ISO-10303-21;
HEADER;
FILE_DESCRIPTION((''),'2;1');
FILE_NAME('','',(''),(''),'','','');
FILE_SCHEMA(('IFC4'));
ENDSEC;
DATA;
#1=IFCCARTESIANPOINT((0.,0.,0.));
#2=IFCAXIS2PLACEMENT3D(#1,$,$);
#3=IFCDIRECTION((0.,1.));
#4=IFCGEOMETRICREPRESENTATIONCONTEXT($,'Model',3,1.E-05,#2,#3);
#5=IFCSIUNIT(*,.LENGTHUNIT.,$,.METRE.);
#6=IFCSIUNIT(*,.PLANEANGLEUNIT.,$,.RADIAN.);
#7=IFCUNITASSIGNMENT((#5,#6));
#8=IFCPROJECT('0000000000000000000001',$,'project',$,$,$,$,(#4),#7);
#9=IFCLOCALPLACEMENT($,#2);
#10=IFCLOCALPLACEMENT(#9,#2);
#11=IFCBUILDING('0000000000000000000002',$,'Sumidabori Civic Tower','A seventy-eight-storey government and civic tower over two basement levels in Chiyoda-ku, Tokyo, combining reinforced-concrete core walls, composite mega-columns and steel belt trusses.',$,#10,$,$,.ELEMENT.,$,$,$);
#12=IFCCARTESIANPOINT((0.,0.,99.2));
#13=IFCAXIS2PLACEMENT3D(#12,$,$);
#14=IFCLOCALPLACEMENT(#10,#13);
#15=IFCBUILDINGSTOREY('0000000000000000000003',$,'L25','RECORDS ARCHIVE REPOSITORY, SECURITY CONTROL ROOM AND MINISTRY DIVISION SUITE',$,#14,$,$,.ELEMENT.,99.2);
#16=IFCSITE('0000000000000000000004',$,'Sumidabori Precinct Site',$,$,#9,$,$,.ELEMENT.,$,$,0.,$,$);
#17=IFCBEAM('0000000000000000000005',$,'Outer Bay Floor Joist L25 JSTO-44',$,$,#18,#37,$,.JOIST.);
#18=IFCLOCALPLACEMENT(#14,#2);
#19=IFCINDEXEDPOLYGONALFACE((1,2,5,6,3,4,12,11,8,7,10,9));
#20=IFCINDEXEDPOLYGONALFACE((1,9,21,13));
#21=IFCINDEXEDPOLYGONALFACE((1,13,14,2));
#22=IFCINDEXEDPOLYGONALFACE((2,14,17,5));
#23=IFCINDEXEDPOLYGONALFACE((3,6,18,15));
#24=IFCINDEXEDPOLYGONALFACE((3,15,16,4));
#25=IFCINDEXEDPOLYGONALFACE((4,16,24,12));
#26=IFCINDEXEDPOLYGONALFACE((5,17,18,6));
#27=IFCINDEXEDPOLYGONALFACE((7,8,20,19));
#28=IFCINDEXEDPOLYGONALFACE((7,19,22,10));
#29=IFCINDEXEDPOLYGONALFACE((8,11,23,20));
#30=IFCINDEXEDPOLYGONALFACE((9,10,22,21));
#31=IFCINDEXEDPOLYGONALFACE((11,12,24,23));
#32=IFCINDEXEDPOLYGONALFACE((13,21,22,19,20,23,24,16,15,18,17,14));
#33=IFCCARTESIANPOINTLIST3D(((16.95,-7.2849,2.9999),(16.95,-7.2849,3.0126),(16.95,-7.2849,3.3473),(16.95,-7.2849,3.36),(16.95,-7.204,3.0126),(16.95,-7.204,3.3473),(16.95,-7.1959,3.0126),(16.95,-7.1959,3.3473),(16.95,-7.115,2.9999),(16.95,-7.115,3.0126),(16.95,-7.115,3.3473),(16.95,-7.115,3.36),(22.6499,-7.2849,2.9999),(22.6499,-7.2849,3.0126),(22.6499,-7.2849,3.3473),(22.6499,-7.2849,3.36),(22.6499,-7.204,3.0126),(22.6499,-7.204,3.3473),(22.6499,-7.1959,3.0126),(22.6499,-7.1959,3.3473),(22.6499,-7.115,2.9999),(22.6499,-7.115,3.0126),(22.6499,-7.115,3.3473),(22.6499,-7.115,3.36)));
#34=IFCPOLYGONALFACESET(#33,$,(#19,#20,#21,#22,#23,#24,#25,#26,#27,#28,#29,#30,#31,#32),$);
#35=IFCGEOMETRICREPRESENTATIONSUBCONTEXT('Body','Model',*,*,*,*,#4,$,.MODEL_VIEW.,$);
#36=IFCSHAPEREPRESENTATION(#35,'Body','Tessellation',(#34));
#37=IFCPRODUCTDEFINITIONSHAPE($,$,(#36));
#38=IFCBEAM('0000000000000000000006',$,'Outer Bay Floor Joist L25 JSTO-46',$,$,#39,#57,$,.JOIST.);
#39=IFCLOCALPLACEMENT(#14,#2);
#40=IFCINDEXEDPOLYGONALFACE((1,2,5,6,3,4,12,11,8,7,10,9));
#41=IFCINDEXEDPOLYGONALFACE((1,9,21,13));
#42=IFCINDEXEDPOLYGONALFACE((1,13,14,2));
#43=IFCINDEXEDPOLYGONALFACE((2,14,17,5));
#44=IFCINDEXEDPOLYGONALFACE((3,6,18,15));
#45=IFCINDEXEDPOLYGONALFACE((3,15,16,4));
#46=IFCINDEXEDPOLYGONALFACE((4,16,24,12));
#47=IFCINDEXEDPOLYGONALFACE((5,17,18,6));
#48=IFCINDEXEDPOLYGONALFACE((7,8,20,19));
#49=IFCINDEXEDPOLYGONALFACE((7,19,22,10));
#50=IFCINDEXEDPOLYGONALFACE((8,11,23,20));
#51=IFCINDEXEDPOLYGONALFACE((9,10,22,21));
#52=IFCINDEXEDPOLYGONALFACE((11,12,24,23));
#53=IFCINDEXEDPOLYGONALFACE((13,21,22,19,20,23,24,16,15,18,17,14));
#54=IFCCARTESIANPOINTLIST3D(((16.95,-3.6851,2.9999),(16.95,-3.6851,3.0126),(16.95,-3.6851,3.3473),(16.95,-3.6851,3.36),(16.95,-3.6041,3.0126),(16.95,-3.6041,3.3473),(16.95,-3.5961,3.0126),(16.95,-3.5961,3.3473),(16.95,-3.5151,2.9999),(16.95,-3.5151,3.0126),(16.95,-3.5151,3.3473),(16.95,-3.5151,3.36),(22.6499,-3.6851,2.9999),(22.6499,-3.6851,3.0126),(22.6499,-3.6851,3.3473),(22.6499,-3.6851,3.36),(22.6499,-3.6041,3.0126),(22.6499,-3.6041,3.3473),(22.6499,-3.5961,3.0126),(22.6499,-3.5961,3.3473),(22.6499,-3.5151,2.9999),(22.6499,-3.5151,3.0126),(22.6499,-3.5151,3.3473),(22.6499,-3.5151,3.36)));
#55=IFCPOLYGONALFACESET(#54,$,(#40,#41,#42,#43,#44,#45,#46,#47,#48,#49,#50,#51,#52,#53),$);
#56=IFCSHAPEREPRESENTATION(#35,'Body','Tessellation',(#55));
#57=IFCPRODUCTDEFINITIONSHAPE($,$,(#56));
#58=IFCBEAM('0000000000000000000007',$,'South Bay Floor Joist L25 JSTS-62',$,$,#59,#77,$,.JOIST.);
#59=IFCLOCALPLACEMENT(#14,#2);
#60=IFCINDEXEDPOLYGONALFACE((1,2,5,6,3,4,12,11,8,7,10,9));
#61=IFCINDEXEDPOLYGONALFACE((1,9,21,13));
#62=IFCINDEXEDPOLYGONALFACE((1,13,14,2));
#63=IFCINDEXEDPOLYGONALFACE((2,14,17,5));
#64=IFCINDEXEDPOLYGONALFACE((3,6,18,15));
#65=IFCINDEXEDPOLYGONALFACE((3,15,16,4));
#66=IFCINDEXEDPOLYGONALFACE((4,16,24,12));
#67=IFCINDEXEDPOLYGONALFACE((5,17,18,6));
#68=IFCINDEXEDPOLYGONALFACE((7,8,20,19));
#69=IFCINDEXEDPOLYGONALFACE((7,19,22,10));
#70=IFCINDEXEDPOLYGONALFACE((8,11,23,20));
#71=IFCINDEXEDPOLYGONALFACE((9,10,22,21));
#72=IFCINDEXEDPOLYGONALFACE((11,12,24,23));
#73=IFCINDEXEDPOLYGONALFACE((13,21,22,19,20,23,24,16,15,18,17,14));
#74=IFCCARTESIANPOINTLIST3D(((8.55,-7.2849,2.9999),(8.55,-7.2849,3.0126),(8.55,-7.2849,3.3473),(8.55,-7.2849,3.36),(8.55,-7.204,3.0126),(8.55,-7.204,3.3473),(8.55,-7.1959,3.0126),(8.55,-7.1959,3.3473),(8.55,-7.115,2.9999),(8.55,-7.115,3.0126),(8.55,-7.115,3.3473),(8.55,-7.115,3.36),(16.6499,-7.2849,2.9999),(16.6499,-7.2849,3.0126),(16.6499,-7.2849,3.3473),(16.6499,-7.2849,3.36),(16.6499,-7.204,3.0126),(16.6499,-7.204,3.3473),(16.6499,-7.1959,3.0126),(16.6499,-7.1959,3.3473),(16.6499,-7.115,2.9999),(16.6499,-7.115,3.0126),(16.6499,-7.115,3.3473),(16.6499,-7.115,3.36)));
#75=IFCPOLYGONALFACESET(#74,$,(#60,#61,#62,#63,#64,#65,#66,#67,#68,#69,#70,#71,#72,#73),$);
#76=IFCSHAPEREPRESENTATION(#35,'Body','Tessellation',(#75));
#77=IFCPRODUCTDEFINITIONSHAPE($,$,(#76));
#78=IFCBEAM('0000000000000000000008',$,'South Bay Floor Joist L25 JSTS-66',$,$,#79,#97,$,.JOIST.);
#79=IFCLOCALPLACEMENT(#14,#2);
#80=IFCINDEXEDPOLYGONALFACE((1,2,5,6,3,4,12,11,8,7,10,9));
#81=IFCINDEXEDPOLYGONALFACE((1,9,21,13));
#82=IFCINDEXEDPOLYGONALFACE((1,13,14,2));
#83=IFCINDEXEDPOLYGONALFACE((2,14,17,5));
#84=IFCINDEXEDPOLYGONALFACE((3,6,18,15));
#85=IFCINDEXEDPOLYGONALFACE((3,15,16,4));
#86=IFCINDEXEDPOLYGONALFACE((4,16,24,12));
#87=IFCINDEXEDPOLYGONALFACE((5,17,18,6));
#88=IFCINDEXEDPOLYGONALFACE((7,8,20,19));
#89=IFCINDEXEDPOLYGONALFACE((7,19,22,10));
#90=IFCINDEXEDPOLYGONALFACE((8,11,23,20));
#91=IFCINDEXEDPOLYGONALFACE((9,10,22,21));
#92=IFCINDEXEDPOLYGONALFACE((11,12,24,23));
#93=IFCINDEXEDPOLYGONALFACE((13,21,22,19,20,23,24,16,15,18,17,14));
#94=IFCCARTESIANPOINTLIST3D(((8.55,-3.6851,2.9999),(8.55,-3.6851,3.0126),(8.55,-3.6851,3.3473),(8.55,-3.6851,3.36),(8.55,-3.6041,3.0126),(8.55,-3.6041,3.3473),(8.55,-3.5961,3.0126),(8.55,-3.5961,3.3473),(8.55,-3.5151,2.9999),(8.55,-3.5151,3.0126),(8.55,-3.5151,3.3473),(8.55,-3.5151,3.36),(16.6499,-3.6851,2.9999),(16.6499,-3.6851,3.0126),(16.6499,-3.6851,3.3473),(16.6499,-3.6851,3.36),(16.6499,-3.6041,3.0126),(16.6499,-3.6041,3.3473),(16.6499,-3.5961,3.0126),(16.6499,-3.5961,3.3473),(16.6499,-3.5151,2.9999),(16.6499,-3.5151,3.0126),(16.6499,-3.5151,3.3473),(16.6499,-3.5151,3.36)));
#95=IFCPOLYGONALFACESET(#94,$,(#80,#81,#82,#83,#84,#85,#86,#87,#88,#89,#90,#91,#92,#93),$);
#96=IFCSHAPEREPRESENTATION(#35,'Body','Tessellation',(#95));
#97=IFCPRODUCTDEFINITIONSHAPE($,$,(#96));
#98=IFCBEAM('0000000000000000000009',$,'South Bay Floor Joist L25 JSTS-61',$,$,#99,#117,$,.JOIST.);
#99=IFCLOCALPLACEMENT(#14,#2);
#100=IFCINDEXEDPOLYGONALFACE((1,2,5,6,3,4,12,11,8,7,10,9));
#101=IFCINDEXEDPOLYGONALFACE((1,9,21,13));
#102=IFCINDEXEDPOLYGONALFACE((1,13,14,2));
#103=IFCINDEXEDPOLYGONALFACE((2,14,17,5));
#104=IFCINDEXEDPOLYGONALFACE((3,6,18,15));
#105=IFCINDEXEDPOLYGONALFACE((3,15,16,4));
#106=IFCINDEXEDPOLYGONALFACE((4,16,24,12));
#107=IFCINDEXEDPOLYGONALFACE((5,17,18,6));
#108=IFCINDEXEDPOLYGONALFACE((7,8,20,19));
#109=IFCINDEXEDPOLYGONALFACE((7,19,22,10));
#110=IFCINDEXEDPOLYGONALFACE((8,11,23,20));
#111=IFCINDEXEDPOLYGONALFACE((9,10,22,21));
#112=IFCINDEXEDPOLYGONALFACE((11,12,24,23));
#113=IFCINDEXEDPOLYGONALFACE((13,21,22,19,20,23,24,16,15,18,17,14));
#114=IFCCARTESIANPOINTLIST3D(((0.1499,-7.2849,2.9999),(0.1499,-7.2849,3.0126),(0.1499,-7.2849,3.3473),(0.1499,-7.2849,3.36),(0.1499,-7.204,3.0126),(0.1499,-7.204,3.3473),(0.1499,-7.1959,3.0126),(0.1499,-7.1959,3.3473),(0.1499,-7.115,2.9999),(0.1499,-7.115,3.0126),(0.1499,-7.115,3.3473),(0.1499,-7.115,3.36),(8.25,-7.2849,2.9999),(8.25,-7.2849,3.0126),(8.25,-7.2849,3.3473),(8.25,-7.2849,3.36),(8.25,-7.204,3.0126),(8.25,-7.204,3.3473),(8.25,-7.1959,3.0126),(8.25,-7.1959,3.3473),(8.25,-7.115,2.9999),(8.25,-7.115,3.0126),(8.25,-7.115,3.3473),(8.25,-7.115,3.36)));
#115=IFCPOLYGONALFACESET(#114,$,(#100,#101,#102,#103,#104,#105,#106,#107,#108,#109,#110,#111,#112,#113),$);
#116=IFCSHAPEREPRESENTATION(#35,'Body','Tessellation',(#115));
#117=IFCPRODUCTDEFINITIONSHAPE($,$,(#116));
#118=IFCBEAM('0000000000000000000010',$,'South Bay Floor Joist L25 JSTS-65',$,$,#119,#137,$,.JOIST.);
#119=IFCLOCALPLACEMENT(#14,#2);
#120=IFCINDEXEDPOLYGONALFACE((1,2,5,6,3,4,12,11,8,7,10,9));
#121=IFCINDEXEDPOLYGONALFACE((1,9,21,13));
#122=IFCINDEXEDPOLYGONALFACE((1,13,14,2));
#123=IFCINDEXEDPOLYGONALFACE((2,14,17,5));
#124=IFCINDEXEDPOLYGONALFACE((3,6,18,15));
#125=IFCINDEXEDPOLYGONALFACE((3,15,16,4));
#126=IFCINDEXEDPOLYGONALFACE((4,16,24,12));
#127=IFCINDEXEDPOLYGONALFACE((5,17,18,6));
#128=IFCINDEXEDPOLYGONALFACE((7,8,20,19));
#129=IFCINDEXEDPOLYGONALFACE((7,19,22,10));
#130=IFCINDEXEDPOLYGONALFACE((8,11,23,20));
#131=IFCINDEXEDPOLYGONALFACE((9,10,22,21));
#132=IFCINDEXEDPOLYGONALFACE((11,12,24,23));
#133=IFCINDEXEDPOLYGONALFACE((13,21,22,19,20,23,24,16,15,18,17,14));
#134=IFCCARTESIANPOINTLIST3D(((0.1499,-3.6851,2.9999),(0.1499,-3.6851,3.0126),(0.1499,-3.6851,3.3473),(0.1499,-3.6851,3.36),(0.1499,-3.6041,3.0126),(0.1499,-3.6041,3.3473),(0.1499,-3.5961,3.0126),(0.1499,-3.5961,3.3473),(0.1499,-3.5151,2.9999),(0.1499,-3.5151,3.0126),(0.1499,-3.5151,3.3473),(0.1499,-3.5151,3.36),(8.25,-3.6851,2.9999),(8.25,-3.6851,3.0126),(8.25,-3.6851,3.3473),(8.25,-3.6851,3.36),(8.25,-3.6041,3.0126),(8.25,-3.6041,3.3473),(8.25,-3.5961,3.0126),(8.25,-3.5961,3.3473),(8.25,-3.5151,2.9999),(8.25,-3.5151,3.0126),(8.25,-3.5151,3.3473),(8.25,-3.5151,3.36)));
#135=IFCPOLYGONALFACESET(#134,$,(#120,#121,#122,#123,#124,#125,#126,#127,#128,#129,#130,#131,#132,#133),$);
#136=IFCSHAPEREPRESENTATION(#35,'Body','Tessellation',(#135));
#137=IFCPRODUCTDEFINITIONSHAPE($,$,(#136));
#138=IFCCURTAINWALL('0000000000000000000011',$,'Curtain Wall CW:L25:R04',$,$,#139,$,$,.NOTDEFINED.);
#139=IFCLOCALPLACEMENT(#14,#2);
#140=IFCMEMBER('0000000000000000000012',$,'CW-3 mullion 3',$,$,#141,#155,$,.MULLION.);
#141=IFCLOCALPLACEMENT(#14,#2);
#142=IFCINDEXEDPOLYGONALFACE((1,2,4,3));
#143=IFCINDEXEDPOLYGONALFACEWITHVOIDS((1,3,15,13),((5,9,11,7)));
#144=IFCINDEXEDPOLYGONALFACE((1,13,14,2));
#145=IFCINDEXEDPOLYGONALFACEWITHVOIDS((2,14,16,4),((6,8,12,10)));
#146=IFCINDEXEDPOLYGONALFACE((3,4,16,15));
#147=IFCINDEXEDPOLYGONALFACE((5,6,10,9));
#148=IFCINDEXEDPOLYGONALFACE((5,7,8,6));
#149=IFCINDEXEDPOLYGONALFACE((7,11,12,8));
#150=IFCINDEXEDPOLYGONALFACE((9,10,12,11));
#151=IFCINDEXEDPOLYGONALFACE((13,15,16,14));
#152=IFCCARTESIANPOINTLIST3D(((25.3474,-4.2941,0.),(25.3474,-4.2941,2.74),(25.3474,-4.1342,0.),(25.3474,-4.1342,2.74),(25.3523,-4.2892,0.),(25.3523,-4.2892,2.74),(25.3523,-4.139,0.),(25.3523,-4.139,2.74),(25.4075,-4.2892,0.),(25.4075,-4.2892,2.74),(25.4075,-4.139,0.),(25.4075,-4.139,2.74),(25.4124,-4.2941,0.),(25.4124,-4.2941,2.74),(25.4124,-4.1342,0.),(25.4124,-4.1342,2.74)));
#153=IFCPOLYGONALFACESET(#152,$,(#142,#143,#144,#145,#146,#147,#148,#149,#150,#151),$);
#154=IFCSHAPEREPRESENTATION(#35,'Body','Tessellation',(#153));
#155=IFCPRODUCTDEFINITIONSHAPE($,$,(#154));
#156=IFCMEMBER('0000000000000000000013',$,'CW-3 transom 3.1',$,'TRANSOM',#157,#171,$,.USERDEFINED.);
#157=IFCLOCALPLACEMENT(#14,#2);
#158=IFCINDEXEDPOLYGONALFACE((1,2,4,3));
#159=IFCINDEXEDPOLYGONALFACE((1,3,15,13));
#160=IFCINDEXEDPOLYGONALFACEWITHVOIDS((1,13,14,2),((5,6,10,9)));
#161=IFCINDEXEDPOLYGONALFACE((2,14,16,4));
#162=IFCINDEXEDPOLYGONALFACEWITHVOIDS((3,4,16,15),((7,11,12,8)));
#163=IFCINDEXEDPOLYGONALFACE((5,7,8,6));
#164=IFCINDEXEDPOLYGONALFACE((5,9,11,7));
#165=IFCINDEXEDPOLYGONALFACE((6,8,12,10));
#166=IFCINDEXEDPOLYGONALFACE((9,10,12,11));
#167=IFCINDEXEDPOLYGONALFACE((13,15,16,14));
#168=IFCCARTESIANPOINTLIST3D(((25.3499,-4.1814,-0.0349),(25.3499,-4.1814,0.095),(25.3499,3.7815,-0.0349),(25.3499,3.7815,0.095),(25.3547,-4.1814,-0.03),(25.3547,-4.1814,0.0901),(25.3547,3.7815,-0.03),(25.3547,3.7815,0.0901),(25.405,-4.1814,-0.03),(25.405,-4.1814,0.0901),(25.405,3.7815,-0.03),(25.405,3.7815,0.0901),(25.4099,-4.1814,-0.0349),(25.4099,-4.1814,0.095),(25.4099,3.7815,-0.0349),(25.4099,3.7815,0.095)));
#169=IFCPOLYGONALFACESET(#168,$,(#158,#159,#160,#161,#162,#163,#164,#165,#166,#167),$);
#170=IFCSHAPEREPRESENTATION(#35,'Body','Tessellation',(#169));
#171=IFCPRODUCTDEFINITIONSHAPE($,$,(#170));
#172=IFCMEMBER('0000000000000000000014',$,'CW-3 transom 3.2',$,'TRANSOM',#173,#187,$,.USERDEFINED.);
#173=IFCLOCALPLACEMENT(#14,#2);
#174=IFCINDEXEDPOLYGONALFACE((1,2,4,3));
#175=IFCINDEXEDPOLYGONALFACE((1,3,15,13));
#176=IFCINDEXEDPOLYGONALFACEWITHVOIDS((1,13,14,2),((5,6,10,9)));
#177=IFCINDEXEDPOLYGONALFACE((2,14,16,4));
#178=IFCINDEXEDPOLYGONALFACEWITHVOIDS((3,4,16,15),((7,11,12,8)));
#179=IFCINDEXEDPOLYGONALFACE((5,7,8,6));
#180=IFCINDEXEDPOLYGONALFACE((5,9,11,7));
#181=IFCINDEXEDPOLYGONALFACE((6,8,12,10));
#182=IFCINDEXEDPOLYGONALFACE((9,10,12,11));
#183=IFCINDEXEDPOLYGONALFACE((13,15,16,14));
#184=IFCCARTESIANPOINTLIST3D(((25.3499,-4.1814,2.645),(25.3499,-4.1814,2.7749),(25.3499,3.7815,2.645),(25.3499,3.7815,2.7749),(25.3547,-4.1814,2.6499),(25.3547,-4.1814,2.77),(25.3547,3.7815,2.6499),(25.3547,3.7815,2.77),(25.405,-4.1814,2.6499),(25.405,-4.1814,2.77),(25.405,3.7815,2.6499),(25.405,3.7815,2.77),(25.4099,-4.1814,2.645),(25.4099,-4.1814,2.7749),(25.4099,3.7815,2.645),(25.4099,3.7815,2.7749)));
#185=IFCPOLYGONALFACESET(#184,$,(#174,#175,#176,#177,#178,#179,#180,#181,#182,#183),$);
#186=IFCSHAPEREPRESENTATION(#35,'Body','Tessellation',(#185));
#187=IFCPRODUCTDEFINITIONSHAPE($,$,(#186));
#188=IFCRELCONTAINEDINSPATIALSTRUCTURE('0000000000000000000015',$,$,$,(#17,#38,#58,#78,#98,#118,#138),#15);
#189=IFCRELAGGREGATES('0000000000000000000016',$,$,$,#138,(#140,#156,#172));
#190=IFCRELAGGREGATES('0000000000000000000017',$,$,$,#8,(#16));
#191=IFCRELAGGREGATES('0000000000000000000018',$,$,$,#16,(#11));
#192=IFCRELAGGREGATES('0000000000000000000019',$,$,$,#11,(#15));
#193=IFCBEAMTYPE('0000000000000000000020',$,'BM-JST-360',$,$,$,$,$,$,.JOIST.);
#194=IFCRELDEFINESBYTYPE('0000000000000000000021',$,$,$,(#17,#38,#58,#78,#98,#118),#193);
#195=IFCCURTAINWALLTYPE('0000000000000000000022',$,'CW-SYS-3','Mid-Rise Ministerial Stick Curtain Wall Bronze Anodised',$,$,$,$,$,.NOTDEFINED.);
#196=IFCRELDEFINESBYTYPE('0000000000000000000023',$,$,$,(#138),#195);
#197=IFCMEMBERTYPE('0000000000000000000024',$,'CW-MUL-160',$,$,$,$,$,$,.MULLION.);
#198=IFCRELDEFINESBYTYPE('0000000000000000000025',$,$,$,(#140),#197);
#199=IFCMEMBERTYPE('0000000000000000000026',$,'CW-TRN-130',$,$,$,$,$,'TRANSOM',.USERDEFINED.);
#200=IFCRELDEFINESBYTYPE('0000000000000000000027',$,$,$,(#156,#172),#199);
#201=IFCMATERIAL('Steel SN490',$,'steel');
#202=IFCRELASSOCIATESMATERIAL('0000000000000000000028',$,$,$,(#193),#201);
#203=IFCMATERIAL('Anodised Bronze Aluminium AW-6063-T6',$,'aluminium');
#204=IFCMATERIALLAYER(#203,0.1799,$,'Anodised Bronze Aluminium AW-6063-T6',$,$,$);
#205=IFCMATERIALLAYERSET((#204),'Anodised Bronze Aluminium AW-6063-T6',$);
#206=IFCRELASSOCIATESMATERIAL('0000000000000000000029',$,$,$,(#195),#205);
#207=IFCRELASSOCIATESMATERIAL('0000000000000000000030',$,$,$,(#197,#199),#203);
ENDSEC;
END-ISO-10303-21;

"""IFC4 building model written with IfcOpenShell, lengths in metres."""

from ifc_helpers import new_model, si_unit, direction, frame, origin, origin_2d, place, context, subcontext, project, spatial, hollow_rectangle, i_section, extrude, source, transform, mapped, material, layer, layer_set, material_profile, profile_set, type_object, element, aggregate, save


model = new_model("IFC4")

# Units and contexts
model_context = context("Model", 3, precision=1e-05, world=origin(), true_north=direction((0.0, 1.0)))
body_context = subcontext(model_context, "Body", "Model", "MODEL_VIEW")
ifc_project = project(units=[si_unit("LENGTHUNIT", "METRE"), si_unit("PLANEANGLEUNIT", "RADIAN")], contexts=[model_context])

# Site, building, storey
site_placement = place(None, origin())
site = spatial("IfcSite", under=ifc_project, at=site_placement, Name="Sumidabori Precinct Site", CompositionType="ELEMENT", RefElevation=0.0)
building_placement = place(site_placement, origin())
building = spatial("IfcBuilding", under=site, at=building_placement, Name="Sumidabori Civic Tower", Description="A seventy-eight-storey government and civic tower over two basement levels in Chiyoda-ku, Tokyo, combining reinforced-concrete core walls, composite mega-columns and steel belt trusses.", CompositionType="ELEMENT")
storey_placement = place(building_placement, frame((0.0, 0.0, 99.2)))
storey = spatial("IfcBuildingStorey", under=building, at=storey_placement, Name="L25", Description="RECORDS ARCHIVE REPOSITORY, SECURITY CONTROL ROOM AND MINISTRY DIVISION SUITE", CompositionType="ELEMENT", Elevation=99.2)

# Beams
ifc_material_1 = material(Name="Steel SN490", Category="steel")
ifc_material_profile_1 = material_profile(ifc_material_1, i_section(OverallWidth=0.1699, OverallDepth=0.3601, WebThickness=0.0081, FlangeThickness=0.0127, at=origin_2d()), Name="IPE 360")
ifc_profile_set_1 = profile_set([ifc_material_profile_1], Name="Steel SN490")
beam_type_1 = type_object("IfcBeamType", Name="BM-JST-360", PredefinedType="JOIST", material=ifc_profile_set_1)
shared_shape_1 = source(origin(), body_context, "Body", "SweptSolid", [
    extrude(i_section(OverallWidth=0.1699, OverallDepth=0.3601, WebThickness=0.0081, FlangeThickness=0.0127, at=origin_2d()), origin(), (0.0, 0.0, 1.0), 5.7),
])
for number, where, z_axis, x_axis, name in (
    (1, (16.95, -7.2, 3.1799), (1.0, 0.0, 0.0), (0.0, 1.0, 0.0), "Outer Bay Floor Joist L25 JSTO-44"),
    (2, (16.95, -3.6001, 3.1799), (1.0, 0.0, 0.0), (0.0, 1.0, 0.0), "Outer Bay Floor Joist L25 JSTO-46"),
):
    element("IfcBeam", number, at=place(storey_placement, frame(where, z_axis=z_axis, x_axis=x_axis)), inside=storey, type_object=beam_type_1, Name=name, PredefinedType="JOIST", context=body_context, shape_type="MappedRepresentation", body=[
        mapped(shared_shape_1, transform((0.0, 0.0, 0.0), x_axis=(1.0, 0.0, 0.0), y_axis=(0.0, 1.0, 0.0), z_axis=(0.0, 0.0, 1.0), scale=1.0)),
    ])
shared_shape_2 = source(origin(), body_context, "Body", "SweptSolid", [
    extrude(i_section(OverallWidth=0.1699, OverallDepth=0.3601, WebThickness=0.0081, FlangeThickness=0.0127, at=origin_2d()), origin(), (0.0, 0.0, 1.0), 8.0999),
])
for number, where, z_axis, x_axis, name in (
    (3, (8.55, -7.2, 3.1799), (1.0, 0.0, 0.0), (0.0, 1.0, 0.0), "South Bay Floor Joist L25 JSTS-62"),
    (4, (8.55, -3.6001, 3.1799), (1.0, 0.0, 0.0), (0.0, 1.0, 0.0), "South Bay Floor Joist L25 JSTS-66"),
):
    element("IfcBeam", number, at=place(storey_placement, frame(where, z_axis=z_axis, x_axis=x_axis)), inside=storey, type_object=beam_type_1, Name=name, PredefinedType="JOIST", context=body_context, shape_type="MappedRepresentation", body=[
        mapped(shared_shape_2, transform((0.0, 0.0, 0.0), x_axis=(1.0, 0.0, 0.0), y_axis=(0.0, 1.0, 0.0), z_axis=(0.0, 0.0, 1.0), scale=1.0)),
    ])
shared_shape_3 = source(origin(), body_context, "Body", "SweptSolid", [
    extrude(i_section(OverallWidth=0.1699, OverallDepth=0.3601, WebThickness=0.0081, FlangeThickness=0.0127, at=origin_2d()), origin(), (0.0, 0.0, 1.0), 8.1001),
])
for number, where, z_axis, x_axis, name in (
    (5, (0.1499, -7.2, 3.1799), (1.0, 0.0, 0.0), (0.0, 1.0, 0.0), "South Bay Floor Joist L25 JSTS-61"),
    (6, (0.1499, -3.6001, 3.1799), (1.0, 0.0, 0.0), (0.0, 1.0, 0.0), "South Bay Floor Joist L25 JSTS-65"),
):
    element("IfcBeam", number, at=place(storey_placement, frame(where, z_axis=z_axis, x_axis=x_axis)), inside=storey, type_object=beam_type_1, Name=name, PredefinedType="JOIST", context=body_context, shape_type="MappedRepresentation", body=[
        mapped(shared_shape_3, transform((0.0, 0.0, 0.0), x_axis=(1.0, 0.0, 0.0), y_axis=(0.0, 1.0, 0.0), z_axis=(0.0, 0.0, 1.0), scale=1.0)),
    ])

# Curtain wall, members
ifc_material_2 = material(Name="Anodised Bronze Aluminium AW-6063-T6", Category="aluminium")
ifc_layer_1 = layer(ifc_material_2, 0.1799, Name="Anodised Bronze Aluminium AW-6063-T6")
ifc_layer_set_1 = layer_set([ifc_layer_1], Name="Anodised Bronze Aluminium AW-6063-T6")
curtain_wall_type = type_object("IfcCurtainWallType", Name="CW-SYS-3", Description="Mid-Rise Ministerial Stick Curtain Wall Bronze Anodised", PredefinedType="NOTDEFINED", material=ifc_layer_set_1)
curtain_wall_placement = place(storey_placement, origin())
curtain_wall = element("IfcCurtainWall", 7, at=curtain_wall_placement, inside=storey, type_object=curtain_wall_type, Name="Curtain Wall CW:L25:R04", PredefinedType="NOTDEFINED")
ifc_material_profile_2 = material_profile(ifc_material_2, hollow_rectangle(XDim=0.0649, YDim=0.1599, WallThickness=0.0049, at=origin_2d()), Name="ALU MULLION 160x65")
ifc_profile_set_2 = profile_set([ifc_material_profile_2], Name="Anodised Bronze Aluminium AW-6063-T6")
member_type_1 = type_object("IfcMemberType", Name="CW-MUL-160", PredefinedType="MULLION", material=ifc_profile_set_2)
shared_shape_4 = source(origin(), body_context, "Body", "SweptSolid", [
    extrude(hollow_rectangle(XDim=0.0649, YDim=0.1599, WallThickness=0.0049, at=origin_2d()), origin(), (0.0, 0.0, 1.0), 2.74),
])
member_1_placement = place(storey_placement, frame((25.3799, -4.2141, 0.0), z_axis=(0.0, 0.0, 1.0), x_axis=(-1.0, 0.0, 0.0)))
member_1 = element("IfcMember", 8, at=member_1_placement, type_object=member_type_1, Name="CW-3 mullion 3", PredefinedType="MULLION", context=body_context, shape_type="MappedRepresentation", body=[
    mapped(shared_shape_4, transform((0.0, 0.0, 0.0), x_axis=(1.0, 0.0, 0.0), y_axis=(0.0, 1.0, 0.0), z_axis=(0.0, 0.0, 1.0), scale=1.0)),
])
ifc_material_profile_3 = material_profile(ifc_material_2, hollow_rectangle(XDim=0.0601, YDim=0.1299, WallThickness=0.0049, at=origin_2d()), Name="ALU TRANSOM 130x60")
ifc_profile_set_3 = profile_set([ifc_material_profile_3], Name="Anodised Bronze Aluminium AW-6063-T6")
member_type_2 = type_object("IfcMemberType", Name="CW-TRN-130", ElementType="TRANSOM", PredefinedType="USERDEFINED", material=ifc_profile_set_3)
shared_shape_5 = source(origin(), body_context, "Body", "SweptSolid", [
    extrude(hollow_rectangle(XDim=0.0601, YDim=0.1299, WallThickness=0.0049, at=origin_2d()), origin(), (0.0, 0.0, 1.0), 7.9629),
])
member_2_placement = place(storey_placement, frame((25.3799, -4.1814, 0.03), z_axis=(0.0, 1.0, 0.0), x_axis=(-1.0, 0.0, 0.0)))
member_2 = element("IfcMember", 9, at=member_2_placement, type_object=member_type_2, Name="CW-3 transom 3.1", ObjectType="TRANSOM", PredefinedType="USERDEFINED", context=body_context, shape_type="MappedRepresentation", body=[
    mapped(shared_shape_5, transform((0.0, 0.0, 0.0), x_axis=(1.0, 0.0, 0.0), y_axis=(0.0, 1.0, 0.0), z_axis=(0.0, 0.0, 1.0), scale=1.0)),
])
member_3_placement = place(storey_placement, frame((25.3799, -4.1814, 2.71), z_axis=(0.0, 1.0, 0.0), x_axis=(-1.0, 0.0, 0.0)))
member_3 = element("IfcMember", 10, at=member_3_placement, type_object=member_type_2, Name="CW-3 transom 3.2", ObjectType="TRANSOM", PredefinedType="USERDEFINED", context=body_context, shape_type="MappedRepresentation", body=[
    mapped(shared_shape_5, transform((0.0, 0.0, 0.0), x_axis=(1.0, 0.0, 0.0), y_axis=(0.0, 1.0, 0.0), z_axis=(0.0, 0.0, 1.0), scale=1.0)),
])
aggregate(curtain_wall, [member_1, member_2, member_3])

save(model, "model.ifc")
